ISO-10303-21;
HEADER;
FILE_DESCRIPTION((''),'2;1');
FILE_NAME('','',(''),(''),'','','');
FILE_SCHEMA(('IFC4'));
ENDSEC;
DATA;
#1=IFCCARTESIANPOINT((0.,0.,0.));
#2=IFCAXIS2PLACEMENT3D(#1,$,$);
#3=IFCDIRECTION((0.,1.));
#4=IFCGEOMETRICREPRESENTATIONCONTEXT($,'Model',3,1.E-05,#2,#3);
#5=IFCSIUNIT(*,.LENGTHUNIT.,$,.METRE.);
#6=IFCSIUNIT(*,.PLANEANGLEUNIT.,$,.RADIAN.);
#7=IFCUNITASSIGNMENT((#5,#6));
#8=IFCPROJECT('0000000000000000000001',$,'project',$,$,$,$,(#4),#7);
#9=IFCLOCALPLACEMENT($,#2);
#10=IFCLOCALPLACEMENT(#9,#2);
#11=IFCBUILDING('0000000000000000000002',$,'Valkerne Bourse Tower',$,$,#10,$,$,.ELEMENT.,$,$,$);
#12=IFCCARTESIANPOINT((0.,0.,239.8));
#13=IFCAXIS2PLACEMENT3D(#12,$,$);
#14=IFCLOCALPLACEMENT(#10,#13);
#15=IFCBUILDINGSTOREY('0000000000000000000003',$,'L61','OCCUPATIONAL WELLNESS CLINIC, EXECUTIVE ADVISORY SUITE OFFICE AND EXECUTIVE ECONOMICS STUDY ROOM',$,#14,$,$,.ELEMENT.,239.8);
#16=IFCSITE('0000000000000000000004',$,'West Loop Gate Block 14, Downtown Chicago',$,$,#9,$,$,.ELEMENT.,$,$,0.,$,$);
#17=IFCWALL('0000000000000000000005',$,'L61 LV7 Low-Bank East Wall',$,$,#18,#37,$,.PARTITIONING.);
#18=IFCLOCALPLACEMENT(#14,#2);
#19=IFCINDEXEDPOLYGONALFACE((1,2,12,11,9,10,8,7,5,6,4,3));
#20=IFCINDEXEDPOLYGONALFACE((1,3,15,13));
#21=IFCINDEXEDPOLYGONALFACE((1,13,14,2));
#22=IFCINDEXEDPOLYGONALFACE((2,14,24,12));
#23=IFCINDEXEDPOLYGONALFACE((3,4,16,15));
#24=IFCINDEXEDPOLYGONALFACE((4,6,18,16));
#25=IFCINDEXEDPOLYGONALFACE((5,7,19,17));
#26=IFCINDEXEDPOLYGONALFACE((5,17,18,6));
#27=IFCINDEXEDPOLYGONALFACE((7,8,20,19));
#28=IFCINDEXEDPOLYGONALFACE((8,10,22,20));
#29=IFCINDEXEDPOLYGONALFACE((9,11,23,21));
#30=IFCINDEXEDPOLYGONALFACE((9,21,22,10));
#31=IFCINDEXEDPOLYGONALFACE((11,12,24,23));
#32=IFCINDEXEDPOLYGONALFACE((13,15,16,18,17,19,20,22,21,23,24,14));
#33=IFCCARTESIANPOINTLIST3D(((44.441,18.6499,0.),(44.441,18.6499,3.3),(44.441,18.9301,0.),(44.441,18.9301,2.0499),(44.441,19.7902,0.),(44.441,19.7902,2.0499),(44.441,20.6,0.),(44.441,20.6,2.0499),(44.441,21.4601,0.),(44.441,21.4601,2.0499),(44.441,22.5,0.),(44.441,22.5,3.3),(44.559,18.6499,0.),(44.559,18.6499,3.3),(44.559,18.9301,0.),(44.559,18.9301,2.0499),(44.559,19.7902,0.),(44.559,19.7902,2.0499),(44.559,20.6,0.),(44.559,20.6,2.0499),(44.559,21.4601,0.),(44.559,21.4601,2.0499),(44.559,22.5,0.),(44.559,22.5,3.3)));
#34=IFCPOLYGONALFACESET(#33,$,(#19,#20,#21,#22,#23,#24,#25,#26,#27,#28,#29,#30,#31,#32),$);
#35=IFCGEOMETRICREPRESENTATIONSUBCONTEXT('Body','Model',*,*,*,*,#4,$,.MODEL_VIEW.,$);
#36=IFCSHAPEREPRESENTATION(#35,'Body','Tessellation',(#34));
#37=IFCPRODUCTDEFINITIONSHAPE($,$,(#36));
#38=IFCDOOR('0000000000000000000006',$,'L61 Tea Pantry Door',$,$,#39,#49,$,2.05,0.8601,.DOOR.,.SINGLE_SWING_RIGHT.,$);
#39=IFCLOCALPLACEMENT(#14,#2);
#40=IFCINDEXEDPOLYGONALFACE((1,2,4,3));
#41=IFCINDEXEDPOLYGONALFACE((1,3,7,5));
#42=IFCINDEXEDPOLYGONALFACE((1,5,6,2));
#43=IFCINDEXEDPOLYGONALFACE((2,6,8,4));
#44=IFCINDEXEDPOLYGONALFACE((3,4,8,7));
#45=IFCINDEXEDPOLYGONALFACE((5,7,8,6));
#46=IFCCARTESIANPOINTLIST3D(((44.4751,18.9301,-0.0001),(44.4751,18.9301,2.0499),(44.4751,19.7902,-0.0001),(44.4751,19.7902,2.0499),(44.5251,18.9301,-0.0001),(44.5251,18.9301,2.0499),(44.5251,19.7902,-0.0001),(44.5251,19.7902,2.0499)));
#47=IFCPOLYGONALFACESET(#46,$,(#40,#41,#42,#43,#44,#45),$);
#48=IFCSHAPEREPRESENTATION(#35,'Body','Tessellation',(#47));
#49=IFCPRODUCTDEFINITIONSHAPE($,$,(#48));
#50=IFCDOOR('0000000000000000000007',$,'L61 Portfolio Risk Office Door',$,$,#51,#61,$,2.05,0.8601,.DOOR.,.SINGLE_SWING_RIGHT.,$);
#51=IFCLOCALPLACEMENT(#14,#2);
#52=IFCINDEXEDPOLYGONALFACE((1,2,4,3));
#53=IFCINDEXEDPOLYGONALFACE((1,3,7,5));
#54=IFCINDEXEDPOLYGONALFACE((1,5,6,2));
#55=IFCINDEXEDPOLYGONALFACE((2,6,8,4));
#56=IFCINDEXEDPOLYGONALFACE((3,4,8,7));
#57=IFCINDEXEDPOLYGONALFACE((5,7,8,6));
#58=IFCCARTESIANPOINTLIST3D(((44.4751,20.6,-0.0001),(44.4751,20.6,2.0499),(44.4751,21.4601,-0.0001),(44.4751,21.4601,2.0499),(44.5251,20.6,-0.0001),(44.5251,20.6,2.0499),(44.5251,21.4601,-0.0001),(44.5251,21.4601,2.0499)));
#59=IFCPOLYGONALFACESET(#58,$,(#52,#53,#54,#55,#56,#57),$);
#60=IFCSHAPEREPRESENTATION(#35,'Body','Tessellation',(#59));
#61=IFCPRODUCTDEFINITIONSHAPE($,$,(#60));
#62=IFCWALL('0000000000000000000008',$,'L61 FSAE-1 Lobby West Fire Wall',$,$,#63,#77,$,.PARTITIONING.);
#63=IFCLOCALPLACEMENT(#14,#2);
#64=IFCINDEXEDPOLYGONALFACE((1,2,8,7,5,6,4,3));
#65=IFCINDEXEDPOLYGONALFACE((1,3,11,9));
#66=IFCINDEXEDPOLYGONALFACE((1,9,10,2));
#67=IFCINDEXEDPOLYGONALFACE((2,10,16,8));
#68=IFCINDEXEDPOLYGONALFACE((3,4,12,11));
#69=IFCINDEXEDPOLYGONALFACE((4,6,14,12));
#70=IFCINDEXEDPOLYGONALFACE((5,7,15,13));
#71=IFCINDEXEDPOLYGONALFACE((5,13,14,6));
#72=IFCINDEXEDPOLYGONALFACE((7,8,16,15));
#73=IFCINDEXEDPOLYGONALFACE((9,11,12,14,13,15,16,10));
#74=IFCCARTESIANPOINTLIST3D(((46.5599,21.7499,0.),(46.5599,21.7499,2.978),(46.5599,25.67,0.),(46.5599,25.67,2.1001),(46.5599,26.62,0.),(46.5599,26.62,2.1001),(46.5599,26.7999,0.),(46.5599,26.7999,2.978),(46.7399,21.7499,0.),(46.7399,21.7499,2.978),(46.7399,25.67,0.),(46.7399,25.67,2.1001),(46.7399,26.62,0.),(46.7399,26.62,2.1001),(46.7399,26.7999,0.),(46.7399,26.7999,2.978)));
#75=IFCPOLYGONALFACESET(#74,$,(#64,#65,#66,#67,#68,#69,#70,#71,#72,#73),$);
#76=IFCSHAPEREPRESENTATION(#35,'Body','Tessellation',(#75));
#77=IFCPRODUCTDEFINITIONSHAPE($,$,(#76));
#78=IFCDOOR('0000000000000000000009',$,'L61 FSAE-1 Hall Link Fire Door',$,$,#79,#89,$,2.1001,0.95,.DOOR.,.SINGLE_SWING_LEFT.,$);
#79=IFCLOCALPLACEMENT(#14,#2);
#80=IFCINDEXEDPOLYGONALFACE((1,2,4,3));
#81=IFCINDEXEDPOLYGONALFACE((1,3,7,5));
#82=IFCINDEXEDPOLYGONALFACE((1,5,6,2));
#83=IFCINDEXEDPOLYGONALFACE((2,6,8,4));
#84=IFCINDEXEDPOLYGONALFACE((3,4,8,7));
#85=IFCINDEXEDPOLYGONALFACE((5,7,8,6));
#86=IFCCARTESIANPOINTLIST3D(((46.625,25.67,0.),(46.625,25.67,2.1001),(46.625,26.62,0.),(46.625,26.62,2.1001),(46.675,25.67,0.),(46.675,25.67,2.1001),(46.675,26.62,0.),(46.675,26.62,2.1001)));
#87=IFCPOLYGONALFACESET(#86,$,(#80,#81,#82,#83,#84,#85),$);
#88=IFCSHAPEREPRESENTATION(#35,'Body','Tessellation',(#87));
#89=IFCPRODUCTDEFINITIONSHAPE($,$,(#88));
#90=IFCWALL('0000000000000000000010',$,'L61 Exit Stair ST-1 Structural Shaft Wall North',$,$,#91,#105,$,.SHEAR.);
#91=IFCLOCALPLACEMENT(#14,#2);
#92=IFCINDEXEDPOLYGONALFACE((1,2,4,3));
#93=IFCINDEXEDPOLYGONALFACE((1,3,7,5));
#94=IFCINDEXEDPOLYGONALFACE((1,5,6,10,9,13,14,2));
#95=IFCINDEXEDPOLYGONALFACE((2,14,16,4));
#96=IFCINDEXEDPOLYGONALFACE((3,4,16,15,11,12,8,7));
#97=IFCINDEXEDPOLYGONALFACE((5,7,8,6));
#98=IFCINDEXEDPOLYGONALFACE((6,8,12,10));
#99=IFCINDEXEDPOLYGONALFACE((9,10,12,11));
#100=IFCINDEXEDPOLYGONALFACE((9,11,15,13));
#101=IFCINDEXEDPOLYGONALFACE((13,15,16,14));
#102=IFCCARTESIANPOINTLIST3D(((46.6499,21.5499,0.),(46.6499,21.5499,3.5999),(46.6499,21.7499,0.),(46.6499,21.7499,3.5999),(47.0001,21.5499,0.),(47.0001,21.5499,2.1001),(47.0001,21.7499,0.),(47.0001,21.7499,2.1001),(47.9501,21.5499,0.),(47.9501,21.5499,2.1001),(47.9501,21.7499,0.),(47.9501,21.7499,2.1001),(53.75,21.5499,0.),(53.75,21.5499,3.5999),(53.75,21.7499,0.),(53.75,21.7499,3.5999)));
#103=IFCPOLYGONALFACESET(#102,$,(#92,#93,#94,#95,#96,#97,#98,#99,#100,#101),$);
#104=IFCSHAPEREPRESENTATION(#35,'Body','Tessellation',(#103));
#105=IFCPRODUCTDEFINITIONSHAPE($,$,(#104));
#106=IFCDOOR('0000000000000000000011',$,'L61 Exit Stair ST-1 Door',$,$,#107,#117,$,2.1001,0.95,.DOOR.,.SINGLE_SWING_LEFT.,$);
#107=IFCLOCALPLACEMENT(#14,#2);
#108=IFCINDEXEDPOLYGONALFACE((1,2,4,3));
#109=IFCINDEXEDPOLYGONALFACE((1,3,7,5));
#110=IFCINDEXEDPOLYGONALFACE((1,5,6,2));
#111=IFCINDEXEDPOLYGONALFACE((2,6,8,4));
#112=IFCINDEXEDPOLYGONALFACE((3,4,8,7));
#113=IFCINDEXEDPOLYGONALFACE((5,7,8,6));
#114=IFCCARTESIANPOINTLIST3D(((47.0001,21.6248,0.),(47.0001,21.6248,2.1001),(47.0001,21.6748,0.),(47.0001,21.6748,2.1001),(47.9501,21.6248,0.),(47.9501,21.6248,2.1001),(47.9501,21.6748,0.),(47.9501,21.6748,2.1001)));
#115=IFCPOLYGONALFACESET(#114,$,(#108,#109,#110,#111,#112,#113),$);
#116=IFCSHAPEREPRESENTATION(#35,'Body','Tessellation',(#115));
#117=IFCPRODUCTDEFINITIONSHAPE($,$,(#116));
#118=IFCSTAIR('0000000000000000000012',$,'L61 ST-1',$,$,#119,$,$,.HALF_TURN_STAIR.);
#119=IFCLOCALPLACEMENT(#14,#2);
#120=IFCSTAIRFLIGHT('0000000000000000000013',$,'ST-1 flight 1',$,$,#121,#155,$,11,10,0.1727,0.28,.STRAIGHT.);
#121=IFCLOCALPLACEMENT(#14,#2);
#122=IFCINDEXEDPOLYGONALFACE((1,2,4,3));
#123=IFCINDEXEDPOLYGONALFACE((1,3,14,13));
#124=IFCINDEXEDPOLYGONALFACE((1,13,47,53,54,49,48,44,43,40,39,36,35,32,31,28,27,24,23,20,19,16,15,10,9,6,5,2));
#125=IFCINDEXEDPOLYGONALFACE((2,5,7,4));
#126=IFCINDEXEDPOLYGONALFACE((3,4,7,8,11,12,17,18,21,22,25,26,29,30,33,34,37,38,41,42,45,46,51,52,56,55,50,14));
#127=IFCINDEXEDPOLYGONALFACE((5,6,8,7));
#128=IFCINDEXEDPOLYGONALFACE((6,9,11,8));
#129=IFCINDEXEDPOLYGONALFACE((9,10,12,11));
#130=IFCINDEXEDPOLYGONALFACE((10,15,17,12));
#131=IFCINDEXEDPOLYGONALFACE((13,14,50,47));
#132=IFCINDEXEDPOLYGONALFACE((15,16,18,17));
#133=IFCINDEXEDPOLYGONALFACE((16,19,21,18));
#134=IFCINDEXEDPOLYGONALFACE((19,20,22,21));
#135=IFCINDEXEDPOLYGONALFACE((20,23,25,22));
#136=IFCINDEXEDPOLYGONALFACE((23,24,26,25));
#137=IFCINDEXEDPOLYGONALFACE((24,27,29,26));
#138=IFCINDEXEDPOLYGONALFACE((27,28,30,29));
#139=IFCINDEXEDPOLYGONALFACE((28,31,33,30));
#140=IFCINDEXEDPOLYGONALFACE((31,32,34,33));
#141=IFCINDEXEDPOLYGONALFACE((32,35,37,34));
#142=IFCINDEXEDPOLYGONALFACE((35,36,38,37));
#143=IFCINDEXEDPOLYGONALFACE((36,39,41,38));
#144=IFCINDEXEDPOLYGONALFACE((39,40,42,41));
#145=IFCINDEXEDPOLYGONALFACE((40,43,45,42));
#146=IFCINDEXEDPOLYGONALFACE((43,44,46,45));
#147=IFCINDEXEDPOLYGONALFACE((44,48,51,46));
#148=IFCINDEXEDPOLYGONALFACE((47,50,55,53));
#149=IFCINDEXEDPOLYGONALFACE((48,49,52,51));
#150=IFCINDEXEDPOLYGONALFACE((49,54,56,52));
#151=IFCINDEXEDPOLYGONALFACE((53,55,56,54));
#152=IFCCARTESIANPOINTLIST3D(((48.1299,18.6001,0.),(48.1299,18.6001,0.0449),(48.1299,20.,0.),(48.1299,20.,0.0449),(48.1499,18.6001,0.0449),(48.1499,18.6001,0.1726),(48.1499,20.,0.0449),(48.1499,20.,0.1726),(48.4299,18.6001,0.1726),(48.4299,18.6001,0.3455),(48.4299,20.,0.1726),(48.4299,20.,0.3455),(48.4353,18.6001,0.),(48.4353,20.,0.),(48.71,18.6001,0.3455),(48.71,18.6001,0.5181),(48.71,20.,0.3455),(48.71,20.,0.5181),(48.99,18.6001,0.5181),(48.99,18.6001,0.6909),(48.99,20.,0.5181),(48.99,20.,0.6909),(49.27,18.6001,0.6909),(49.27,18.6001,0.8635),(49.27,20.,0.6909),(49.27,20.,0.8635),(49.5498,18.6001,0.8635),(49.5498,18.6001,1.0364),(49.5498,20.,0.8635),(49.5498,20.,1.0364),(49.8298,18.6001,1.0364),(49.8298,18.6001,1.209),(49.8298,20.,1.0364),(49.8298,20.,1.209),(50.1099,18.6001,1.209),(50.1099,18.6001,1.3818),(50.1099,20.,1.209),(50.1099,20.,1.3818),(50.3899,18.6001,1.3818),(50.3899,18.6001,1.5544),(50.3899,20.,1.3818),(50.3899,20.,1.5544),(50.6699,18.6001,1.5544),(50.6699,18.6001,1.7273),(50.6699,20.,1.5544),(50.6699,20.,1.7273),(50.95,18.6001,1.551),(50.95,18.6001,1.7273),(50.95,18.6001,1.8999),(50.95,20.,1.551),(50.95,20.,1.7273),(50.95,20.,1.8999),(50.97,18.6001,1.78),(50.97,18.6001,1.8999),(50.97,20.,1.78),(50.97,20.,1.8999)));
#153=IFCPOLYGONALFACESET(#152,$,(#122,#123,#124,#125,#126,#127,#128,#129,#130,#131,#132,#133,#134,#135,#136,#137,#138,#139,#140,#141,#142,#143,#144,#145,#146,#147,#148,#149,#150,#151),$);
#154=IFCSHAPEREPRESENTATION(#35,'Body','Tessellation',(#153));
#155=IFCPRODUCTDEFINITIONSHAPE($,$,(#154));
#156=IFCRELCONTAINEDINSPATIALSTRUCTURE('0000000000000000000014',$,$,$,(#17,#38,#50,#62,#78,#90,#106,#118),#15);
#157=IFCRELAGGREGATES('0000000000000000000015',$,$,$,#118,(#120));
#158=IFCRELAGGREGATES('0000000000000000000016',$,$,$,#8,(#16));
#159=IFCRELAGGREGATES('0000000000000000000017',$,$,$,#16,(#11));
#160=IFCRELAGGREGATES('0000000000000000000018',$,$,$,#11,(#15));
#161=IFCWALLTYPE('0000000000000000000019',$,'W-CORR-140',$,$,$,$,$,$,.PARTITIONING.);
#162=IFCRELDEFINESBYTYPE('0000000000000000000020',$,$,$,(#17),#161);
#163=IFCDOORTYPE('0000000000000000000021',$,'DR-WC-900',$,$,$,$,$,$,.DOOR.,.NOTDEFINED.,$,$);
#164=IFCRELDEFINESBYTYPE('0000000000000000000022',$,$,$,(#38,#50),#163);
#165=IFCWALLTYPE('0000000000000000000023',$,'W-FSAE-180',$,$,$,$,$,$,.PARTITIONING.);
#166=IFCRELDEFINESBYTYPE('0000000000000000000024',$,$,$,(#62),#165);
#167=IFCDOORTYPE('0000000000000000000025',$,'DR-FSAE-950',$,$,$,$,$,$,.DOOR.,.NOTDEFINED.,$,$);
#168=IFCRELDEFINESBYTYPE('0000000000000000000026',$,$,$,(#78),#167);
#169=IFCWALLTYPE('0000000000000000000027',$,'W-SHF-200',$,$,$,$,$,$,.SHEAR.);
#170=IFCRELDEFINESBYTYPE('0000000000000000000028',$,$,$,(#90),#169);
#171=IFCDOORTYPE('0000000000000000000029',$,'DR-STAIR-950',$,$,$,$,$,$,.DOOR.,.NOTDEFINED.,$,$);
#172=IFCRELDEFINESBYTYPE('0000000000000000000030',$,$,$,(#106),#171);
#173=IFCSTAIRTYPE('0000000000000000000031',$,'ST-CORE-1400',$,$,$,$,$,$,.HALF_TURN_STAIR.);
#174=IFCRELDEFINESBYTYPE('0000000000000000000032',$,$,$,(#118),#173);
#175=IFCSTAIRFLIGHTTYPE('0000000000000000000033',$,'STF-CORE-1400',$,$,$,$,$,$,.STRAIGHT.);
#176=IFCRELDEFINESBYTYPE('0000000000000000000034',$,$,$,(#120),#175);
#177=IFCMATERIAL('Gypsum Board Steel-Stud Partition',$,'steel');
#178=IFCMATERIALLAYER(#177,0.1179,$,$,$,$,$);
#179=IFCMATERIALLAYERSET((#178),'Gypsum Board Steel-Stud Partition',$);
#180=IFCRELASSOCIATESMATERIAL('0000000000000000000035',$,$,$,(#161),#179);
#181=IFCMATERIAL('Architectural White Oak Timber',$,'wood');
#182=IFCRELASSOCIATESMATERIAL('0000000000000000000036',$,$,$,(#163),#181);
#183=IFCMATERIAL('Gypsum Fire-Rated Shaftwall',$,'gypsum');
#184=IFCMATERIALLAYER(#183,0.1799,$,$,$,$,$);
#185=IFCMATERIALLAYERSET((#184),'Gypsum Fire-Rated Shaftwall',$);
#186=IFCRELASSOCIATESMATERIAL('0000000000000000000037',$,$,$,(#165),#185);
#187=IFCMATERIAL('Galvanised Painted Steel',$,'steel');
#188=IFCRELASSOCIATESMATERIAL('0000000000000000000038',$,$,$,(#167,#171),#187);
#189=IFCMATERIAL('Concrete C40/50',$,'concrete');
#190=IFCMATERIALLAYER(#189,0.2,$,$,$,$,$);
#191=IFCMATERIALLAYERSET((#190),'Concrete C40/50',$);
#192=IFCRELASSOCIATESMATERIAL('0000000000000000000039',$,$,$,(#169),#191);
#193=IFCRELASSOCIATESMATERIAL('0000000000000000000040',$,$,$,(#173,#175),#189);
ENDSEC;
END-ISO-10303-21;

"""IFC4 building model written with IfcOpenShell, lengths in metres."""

from ifc_helpers import new_model, si_unit, direction, frame, frame_2d, origin, place, context, subcontext, project, spatial, polyline, rectangle, outline, extrude, material, layer, layer_set, type_object, element, fill, aggregate, save


model = new_model("IFC4")

# Units and contexts
model_context = context("Model", 3, precision=1e-05, world=origin(), true_north=direction((0.0, 1.0)))
body_context = subcontext(model_context, "Body", "Model", "MODEL_VIEW")
ifc_project = project(units=[si_unit("LENGTHUNIT", "METRE"), si_unit("PLANEANGLEUNIT", "RADIAN")], contexts=[model_context])

# Site, building, storey
site_placement = place(None, origin())
site = spatial("IfcSite", under=ifc_project, at=site_placement, Name="West Loop Gate Block 14, Downtown Chicago", CompositionType="ELEMENT", RefElevation=0.0)
building_placement = place(site_placement, origin())
building = spatial("IfcBuilding", under=site, at=building_placement, Name="Valkerne Bourse Tower", CompositionType="ELEMENT")
storey_placement = place(building_placement, frame((0.0, 0.0, 239.8)))
storey = spatial("IfcBuildingStorey", under=building, at=storey_placement, Name="L61", Description="OCCUPATIONAL WELLNESS CLINIC, EXECUTIVE ADVISORY SUITE OFFICE AND EXECUTIVE ECONOMICS STUDY ROOM", CompositionType="ELEMENT", Elevation=239.8)

# Wall, openings, doors
ifc_material_1 = material(Name="Gypsum Board Steel-Stud Partition", Category="steel")
ifc_layer_1 = layer(ifc_material_1, 0.1179)
ifc_layer_set_1 = layer_set([ifc_layer_1], Name="Gypsum Board Steel-Stud Partition")
wall_type_1 = type_object("IfcWallType", Name="W-CORR-140", PredefinedType="PARTITIONING", material=ifc_layer_set_1)
wall_1_placement = place(storey_placement, frame((44.5, 18.6499, 0.0), z_axis=(0.0, 0.0, 1.0), x_axis=(0.0, 1.0, 0.0)))
wall_1 = element("IfcWall", 1, at=wall_1_placement, inside=storey, type_object=wall_type_1, Name="L61 LV7 Low-Bank East Wall", PredefinedType="PARTITIONING", context=body_context, shape_type="SweptSolid", body=[
    extrude(rectangle(XDim=3.8501, YDim=0.1179, at=frame_2d((1.925, 0.0))), origin(), (0.0, 0.0, 1.0), 3.3),
])
opening_1_placement = place(wall_1_placement, frame((0.28, 0.0, 0.0)))
opening_1 = element("IfcOpeningElement", 2, at=opening_1_placement, cuts=wall_1, PredefinedType="OPENING", context=body_context, shape_type="SweptSolid", body=[
    extrude(rectangle(XDim=0.8601, YDim=2.05, at=frame_2d((0.4302, 1.0249))), frame((0.0, 0.0688, 0.0), z_axis=(0.0, -1.0, 0.0), x_axis=(1.0, 0.0, 0.0)), (0.0, 0.0, 1.0), 0.1379),
])
opening_2_placement = place(wall_1_placement, frame((1.95, 0.0, 0.0)))
opening_2 = element("IfcOpeningElement", 3, at=opening_2_placement, cuts=wall_1, PredefinedType="OPENING", context=body_context, shape_type="SweptSolid", body=[
    extrude(rectangle(XDim=0.8601, YDim=2.05, at=frame_2d((0.4302, 1.0249))), frame((0.0, 0.0688, 0.0), z_axis=(0.0, -1.0, 0.0), x_axis=(1.0, 0.0, 0.0)), (0.0, 0.0, 1.0), 0.1379),
])
ifc_material_2 = material(Name="Architectural White Oak Timber", Category="wood")
door_type_1 = type_object("IfcDoorType", Name="DR-WC-900", OperationType="NOTDEFINED", PredefinedType="DOOR", material=ifc_material_2)
door_1_placement = place(opening_1_placement, origin())
door_1 = element("IfcDoor", 4, at=door_1_placement, inside=storey, type_object=door_type_1, Name="L61 Tea Pantry Door", OperationType="SINGLE_SWING_RIGHT", OverallHeight=2.05, OverallWidth=0.8601, PredefinedType="DOOR", context=body_context, shape_type="SweptSolid", body=[
    extrude(rectangle(XDim=0.8601, YDim=2.05, at=frame_2d((0.4302, 1.0249))), frame((0.0, 0.0249, 0.0), z_axis=(0.0, -1.0, 0.0), x_axis=(1.0, 0.0, 0.0)), (0.0, 0.0, 1.0), 0.05),
])
fill(opening_1, door_1)
door_2_placement = place(opening_2_placement, origin())
door_2 = element("IfcDoor", 5, at=door_2_placement, inside=storey, type_object=door_type_1, Name="L61 Portfolio Risk Office Door", OperationType="SINGLE_SWING_RIGHT", OverallHeight=2.05, OverallWidth=0.8601, PredefinedType="DOOR", context=body_context, shape_type="SweptSolid", body=[
    extrude(rectangle(XDim=0.8601, YDim=2.05, at=frame_2d((0.4302, 1.0249))), frame((0.0, 0.0249, 0.0), z_axis=(0.0, -1.0, 0.0), x_axis=(1.0, 0.0, 0.0)), (0.0, 0.0, 1.0), 0.05),
])
fill(opening_2, door_2)

# Wall, opening, door
ifc_material_3 = material(Name="Gypsum Fire-Rated Shaftwall", Category="gypsum")
ifc_layer_2 = layer(ifc_material_3, 0.1799)
ifc_layer_set_2 = layer_set([ifc_layer_2], Name="Gypsum Fire-Rated Shaftwall")
wall_type_2 = type_object("IfcWallType", Name="W-FSAE-180", PredefinedType="PARTITIONING", material=ifc_layer_set_2)
wall_2_placement = place(storey_placement, frame((46.6499, 21.75, 0.0), z_axis=(0.0, 0.0, 1.0), x_axis=(0.0, 1.0, 0.0)))
wall_2 = element("IfcWall", 6, at=wall_2_placement, inside=storey, type_object=wall_type_2, Name="L61 FSAE-1 Lobby West Fire Wall", PredefinedType="PARTITIONING", context=body_context, shape_type="SweptSolid", body=[
    extrude(rectangle(XDim=5.05, YDim=0.1799, at=frame_2d((2.5249, 0.0))), origin(), (0.0, 0.0, 1.0), 2.978),
])
opening_3_placement = place(wall_2_placement, frame((3.9199, 0.0, 0.0)))
opening_3 = element("IfcOpeningElement", 7, at=opening_3_placement, cuts=wall_2, PredefinedType="OPENING", context=body_context, shape_type="SweptSolid", body=[
    extrude(rectangle(XDim=0.95, YDim=2.1001, at=frame_2d((0.4751, 1.05))), frame((0.0, 0.0999, 0.0), z_axis=(0.0, -1.0, 0.0), x_axis=(1.0, 0.0, 0.0)), (0.0, 0.0, 1.0), 0.2),
])
ifc_material_4 = material(Name="Galvanised Painted Steel", Category="steel")
door_type_2 = type_object("IfcDoorType", Name="DR-FSAE-950", OperationType="NOTDEFINED", PredefinedType="DOOR", material=ifc_material_4)
door_3_placement = place(opening_3_placement, origin())
door_3 = element("IfcDoor", 8, at=door_3_placement, inside=storey, type_object=door_type_2, Name="L61 FSAE-1 Hall Link Fire Door", OperationType="SINGLE_SWING_LEFT", OverallHeight=2.1001, OverallWidth=0.95, PredefinedType="DOOR", context=body_context, shape_type="SweptSolid", body=[
    extrude(rectangle(XDim=0.95, YDim=2.1001, at=frame_2d((0.4751, 1.05))), frame((0.0, 0.0249, 0.0), z_axis=(0.0, -1.0, 0.0), x_axis=(1.0, 0.0, 0.0)), (0.0, 0.0, 1.0), 0.05),
])
fill(opening_3, door_3)

# Wall, opening, door
ifc_material_5 = material(Name="Concrete C40/50", Category="concrete")
ifc_layer_3 = layer(ifc_material_5, 0.2)
ifc_layer_set_3 = layer_set([ifc_layer_3], Name="Concrete C40/50")
wall_type_3 = type_object("IfcWallType", Name="W-SHF-200", PredefinedType="SHEAR", material=ifc_layer_set_3)
wall_3_placement = place(storey_placement, frame((46.6499, 21.6499, 0.0), z_axis=(0.0, 0.0, 1.0), x_axis=(1.0, 0.0, 0.0)))
wall_3 = element("IfcWall", 9, at=wall_3_placement, inside=storey, type_object=wall_type_3, Name="L61 Exit Stair ST-1 Structural Shaft Wall North", PredefinedType="SHEAR", context=body_context, shape_type="SweptSolid", body=[
    extrude(rectangle(XDim=7.1001, YDim=0.2, at=frame_2d((3.55, 0.0))), origin(), (0.0, 0.0, 1.0), 3.5999),
])
opening_4_placement = place(wall_3_placement, frame((0.3501, 0.0, 0.0)))
opening_4 = element("IfcOpeningElement", 10, at=opening_4_placement, cuts=wall_3, PredefinedType="OPENING", context=body_context, shape_type="SweptSolid", body=[
    extrude(rectangle(XDim=0.95, YDim=2.1001, at=frame_2d((0.4751, 1.05))), frame((0.0, 0.1099, 0.0), z_axis=(0.0, -1.0, 0.0), x_axis=(1.0, 0.0, 0.0)), (0.0, 0.0, 1.0), 0.22),
])
door_type_3 = type_object("IfcDoorType", Name="DR-STAIR-950", OperationType="NOTDEFINED", PredefinedType="DOOR", material=ifc_material_4)
door_4_placement = place(opening_4_placement, origin())
door_4 = element("IfcDoor", 11, at=door_4_placement, inside=storey, type_object=door_type_3, Name="L61 Exit Stair ST-1 Door", OperationType="SINGLE_SWING_LEFT", OverallHeight=2.1001, OverallWidth=0.95, PredefinedType="DOOR", context=body_context, shape_type="SweptSolid", body=[
    extrude(rectangle(XDim=0.95, YDim=2.1001, at=frame_2d((0.4751, 1.05))), frame((0.0, 0.0249, 0.0), z_axis=(0.0, -1.0, 0.0), x_axis=(1.0, 0.0, 0.0)), (0.0, 0.0, 1.0), 0.05),
])
fill(opening_4, door_4)

# Stair, stair flight
stair_type = type_object("IfcStairType", Name="ST-CORE-1400", PredefinedType="HALF_TURN_STAIR", material=ifc_material_5)
stair_placement = place(storey_placement, origin())
stair = element("IfcStair", 12, at=stair_placement, inside=storey, type_object=stair_type, Name="L61 ST-1", PredefinedType="HALF_TURN_STAIR")
stair_flight_type = type_object("IfcStairFlightType", Name="STF-CORE-1400", PredefinedType="STRAIGHT", material=ifc_material_5)
stair_flight_1_placement = place(storey_placement, frame((48.1499, 19.3, 0.0), z_axis=(0.0, 0.0, 1.0), x_axis=(1.0, 0.0, 0.0)))
stair_flight_1 = element("IfcStairFlight", 13, at=stair_flight_1_placement, type_object=stair_flight_type, Name="ST-1 flight 1", NumberOfRisers=11, NumberOfTreads=10, PredefinedType="STRAIGHT", RiserHeight=0.1727, TreadLength=0.28, context=body_context, shape_type="SweptSolid", body=[
    extrude(outline(polyline([(-0.02, 0.0), (-0.02, 0.0449), (0.0, 0.0449), (0.0, 0.1726), (0.28, 0.1726), (0.28, 0.3455), (0.5601, 0.3455), (0.5601, 0.5181), (0.8401, 0.5181), (0.8401, 0.6909), (1.1201, 0.6909), (1.1201, 0.8635), (1.3999, 0.8635), (1.3999, 1.0364), (1.6799, 1.0364), (1.6799, 1.209), (1.96, 1.209), (1.96, 1.3818), (2.24, 1.3818), (2.24, 1.5544), (2.52, 1.5544), (2.52, 1.7273), (2.8, 1.7273), (2.8, 1.8999), (2.8201, 1.8999), (2.8201, 1.78), (2.8, 1.551), (0.2854, 0.0), (-0.02, 0.0)])), frame((0.0, 0.7, 0.0), z_axis=(0.0, -1.0, 0.0), x_axis=(1.0, 0.0, 0.0)), (0.0, 0.0, 1.0), 1.3999),
])
aggregate(stair, [stair_flight_1])

save(model, "model.ifc")
